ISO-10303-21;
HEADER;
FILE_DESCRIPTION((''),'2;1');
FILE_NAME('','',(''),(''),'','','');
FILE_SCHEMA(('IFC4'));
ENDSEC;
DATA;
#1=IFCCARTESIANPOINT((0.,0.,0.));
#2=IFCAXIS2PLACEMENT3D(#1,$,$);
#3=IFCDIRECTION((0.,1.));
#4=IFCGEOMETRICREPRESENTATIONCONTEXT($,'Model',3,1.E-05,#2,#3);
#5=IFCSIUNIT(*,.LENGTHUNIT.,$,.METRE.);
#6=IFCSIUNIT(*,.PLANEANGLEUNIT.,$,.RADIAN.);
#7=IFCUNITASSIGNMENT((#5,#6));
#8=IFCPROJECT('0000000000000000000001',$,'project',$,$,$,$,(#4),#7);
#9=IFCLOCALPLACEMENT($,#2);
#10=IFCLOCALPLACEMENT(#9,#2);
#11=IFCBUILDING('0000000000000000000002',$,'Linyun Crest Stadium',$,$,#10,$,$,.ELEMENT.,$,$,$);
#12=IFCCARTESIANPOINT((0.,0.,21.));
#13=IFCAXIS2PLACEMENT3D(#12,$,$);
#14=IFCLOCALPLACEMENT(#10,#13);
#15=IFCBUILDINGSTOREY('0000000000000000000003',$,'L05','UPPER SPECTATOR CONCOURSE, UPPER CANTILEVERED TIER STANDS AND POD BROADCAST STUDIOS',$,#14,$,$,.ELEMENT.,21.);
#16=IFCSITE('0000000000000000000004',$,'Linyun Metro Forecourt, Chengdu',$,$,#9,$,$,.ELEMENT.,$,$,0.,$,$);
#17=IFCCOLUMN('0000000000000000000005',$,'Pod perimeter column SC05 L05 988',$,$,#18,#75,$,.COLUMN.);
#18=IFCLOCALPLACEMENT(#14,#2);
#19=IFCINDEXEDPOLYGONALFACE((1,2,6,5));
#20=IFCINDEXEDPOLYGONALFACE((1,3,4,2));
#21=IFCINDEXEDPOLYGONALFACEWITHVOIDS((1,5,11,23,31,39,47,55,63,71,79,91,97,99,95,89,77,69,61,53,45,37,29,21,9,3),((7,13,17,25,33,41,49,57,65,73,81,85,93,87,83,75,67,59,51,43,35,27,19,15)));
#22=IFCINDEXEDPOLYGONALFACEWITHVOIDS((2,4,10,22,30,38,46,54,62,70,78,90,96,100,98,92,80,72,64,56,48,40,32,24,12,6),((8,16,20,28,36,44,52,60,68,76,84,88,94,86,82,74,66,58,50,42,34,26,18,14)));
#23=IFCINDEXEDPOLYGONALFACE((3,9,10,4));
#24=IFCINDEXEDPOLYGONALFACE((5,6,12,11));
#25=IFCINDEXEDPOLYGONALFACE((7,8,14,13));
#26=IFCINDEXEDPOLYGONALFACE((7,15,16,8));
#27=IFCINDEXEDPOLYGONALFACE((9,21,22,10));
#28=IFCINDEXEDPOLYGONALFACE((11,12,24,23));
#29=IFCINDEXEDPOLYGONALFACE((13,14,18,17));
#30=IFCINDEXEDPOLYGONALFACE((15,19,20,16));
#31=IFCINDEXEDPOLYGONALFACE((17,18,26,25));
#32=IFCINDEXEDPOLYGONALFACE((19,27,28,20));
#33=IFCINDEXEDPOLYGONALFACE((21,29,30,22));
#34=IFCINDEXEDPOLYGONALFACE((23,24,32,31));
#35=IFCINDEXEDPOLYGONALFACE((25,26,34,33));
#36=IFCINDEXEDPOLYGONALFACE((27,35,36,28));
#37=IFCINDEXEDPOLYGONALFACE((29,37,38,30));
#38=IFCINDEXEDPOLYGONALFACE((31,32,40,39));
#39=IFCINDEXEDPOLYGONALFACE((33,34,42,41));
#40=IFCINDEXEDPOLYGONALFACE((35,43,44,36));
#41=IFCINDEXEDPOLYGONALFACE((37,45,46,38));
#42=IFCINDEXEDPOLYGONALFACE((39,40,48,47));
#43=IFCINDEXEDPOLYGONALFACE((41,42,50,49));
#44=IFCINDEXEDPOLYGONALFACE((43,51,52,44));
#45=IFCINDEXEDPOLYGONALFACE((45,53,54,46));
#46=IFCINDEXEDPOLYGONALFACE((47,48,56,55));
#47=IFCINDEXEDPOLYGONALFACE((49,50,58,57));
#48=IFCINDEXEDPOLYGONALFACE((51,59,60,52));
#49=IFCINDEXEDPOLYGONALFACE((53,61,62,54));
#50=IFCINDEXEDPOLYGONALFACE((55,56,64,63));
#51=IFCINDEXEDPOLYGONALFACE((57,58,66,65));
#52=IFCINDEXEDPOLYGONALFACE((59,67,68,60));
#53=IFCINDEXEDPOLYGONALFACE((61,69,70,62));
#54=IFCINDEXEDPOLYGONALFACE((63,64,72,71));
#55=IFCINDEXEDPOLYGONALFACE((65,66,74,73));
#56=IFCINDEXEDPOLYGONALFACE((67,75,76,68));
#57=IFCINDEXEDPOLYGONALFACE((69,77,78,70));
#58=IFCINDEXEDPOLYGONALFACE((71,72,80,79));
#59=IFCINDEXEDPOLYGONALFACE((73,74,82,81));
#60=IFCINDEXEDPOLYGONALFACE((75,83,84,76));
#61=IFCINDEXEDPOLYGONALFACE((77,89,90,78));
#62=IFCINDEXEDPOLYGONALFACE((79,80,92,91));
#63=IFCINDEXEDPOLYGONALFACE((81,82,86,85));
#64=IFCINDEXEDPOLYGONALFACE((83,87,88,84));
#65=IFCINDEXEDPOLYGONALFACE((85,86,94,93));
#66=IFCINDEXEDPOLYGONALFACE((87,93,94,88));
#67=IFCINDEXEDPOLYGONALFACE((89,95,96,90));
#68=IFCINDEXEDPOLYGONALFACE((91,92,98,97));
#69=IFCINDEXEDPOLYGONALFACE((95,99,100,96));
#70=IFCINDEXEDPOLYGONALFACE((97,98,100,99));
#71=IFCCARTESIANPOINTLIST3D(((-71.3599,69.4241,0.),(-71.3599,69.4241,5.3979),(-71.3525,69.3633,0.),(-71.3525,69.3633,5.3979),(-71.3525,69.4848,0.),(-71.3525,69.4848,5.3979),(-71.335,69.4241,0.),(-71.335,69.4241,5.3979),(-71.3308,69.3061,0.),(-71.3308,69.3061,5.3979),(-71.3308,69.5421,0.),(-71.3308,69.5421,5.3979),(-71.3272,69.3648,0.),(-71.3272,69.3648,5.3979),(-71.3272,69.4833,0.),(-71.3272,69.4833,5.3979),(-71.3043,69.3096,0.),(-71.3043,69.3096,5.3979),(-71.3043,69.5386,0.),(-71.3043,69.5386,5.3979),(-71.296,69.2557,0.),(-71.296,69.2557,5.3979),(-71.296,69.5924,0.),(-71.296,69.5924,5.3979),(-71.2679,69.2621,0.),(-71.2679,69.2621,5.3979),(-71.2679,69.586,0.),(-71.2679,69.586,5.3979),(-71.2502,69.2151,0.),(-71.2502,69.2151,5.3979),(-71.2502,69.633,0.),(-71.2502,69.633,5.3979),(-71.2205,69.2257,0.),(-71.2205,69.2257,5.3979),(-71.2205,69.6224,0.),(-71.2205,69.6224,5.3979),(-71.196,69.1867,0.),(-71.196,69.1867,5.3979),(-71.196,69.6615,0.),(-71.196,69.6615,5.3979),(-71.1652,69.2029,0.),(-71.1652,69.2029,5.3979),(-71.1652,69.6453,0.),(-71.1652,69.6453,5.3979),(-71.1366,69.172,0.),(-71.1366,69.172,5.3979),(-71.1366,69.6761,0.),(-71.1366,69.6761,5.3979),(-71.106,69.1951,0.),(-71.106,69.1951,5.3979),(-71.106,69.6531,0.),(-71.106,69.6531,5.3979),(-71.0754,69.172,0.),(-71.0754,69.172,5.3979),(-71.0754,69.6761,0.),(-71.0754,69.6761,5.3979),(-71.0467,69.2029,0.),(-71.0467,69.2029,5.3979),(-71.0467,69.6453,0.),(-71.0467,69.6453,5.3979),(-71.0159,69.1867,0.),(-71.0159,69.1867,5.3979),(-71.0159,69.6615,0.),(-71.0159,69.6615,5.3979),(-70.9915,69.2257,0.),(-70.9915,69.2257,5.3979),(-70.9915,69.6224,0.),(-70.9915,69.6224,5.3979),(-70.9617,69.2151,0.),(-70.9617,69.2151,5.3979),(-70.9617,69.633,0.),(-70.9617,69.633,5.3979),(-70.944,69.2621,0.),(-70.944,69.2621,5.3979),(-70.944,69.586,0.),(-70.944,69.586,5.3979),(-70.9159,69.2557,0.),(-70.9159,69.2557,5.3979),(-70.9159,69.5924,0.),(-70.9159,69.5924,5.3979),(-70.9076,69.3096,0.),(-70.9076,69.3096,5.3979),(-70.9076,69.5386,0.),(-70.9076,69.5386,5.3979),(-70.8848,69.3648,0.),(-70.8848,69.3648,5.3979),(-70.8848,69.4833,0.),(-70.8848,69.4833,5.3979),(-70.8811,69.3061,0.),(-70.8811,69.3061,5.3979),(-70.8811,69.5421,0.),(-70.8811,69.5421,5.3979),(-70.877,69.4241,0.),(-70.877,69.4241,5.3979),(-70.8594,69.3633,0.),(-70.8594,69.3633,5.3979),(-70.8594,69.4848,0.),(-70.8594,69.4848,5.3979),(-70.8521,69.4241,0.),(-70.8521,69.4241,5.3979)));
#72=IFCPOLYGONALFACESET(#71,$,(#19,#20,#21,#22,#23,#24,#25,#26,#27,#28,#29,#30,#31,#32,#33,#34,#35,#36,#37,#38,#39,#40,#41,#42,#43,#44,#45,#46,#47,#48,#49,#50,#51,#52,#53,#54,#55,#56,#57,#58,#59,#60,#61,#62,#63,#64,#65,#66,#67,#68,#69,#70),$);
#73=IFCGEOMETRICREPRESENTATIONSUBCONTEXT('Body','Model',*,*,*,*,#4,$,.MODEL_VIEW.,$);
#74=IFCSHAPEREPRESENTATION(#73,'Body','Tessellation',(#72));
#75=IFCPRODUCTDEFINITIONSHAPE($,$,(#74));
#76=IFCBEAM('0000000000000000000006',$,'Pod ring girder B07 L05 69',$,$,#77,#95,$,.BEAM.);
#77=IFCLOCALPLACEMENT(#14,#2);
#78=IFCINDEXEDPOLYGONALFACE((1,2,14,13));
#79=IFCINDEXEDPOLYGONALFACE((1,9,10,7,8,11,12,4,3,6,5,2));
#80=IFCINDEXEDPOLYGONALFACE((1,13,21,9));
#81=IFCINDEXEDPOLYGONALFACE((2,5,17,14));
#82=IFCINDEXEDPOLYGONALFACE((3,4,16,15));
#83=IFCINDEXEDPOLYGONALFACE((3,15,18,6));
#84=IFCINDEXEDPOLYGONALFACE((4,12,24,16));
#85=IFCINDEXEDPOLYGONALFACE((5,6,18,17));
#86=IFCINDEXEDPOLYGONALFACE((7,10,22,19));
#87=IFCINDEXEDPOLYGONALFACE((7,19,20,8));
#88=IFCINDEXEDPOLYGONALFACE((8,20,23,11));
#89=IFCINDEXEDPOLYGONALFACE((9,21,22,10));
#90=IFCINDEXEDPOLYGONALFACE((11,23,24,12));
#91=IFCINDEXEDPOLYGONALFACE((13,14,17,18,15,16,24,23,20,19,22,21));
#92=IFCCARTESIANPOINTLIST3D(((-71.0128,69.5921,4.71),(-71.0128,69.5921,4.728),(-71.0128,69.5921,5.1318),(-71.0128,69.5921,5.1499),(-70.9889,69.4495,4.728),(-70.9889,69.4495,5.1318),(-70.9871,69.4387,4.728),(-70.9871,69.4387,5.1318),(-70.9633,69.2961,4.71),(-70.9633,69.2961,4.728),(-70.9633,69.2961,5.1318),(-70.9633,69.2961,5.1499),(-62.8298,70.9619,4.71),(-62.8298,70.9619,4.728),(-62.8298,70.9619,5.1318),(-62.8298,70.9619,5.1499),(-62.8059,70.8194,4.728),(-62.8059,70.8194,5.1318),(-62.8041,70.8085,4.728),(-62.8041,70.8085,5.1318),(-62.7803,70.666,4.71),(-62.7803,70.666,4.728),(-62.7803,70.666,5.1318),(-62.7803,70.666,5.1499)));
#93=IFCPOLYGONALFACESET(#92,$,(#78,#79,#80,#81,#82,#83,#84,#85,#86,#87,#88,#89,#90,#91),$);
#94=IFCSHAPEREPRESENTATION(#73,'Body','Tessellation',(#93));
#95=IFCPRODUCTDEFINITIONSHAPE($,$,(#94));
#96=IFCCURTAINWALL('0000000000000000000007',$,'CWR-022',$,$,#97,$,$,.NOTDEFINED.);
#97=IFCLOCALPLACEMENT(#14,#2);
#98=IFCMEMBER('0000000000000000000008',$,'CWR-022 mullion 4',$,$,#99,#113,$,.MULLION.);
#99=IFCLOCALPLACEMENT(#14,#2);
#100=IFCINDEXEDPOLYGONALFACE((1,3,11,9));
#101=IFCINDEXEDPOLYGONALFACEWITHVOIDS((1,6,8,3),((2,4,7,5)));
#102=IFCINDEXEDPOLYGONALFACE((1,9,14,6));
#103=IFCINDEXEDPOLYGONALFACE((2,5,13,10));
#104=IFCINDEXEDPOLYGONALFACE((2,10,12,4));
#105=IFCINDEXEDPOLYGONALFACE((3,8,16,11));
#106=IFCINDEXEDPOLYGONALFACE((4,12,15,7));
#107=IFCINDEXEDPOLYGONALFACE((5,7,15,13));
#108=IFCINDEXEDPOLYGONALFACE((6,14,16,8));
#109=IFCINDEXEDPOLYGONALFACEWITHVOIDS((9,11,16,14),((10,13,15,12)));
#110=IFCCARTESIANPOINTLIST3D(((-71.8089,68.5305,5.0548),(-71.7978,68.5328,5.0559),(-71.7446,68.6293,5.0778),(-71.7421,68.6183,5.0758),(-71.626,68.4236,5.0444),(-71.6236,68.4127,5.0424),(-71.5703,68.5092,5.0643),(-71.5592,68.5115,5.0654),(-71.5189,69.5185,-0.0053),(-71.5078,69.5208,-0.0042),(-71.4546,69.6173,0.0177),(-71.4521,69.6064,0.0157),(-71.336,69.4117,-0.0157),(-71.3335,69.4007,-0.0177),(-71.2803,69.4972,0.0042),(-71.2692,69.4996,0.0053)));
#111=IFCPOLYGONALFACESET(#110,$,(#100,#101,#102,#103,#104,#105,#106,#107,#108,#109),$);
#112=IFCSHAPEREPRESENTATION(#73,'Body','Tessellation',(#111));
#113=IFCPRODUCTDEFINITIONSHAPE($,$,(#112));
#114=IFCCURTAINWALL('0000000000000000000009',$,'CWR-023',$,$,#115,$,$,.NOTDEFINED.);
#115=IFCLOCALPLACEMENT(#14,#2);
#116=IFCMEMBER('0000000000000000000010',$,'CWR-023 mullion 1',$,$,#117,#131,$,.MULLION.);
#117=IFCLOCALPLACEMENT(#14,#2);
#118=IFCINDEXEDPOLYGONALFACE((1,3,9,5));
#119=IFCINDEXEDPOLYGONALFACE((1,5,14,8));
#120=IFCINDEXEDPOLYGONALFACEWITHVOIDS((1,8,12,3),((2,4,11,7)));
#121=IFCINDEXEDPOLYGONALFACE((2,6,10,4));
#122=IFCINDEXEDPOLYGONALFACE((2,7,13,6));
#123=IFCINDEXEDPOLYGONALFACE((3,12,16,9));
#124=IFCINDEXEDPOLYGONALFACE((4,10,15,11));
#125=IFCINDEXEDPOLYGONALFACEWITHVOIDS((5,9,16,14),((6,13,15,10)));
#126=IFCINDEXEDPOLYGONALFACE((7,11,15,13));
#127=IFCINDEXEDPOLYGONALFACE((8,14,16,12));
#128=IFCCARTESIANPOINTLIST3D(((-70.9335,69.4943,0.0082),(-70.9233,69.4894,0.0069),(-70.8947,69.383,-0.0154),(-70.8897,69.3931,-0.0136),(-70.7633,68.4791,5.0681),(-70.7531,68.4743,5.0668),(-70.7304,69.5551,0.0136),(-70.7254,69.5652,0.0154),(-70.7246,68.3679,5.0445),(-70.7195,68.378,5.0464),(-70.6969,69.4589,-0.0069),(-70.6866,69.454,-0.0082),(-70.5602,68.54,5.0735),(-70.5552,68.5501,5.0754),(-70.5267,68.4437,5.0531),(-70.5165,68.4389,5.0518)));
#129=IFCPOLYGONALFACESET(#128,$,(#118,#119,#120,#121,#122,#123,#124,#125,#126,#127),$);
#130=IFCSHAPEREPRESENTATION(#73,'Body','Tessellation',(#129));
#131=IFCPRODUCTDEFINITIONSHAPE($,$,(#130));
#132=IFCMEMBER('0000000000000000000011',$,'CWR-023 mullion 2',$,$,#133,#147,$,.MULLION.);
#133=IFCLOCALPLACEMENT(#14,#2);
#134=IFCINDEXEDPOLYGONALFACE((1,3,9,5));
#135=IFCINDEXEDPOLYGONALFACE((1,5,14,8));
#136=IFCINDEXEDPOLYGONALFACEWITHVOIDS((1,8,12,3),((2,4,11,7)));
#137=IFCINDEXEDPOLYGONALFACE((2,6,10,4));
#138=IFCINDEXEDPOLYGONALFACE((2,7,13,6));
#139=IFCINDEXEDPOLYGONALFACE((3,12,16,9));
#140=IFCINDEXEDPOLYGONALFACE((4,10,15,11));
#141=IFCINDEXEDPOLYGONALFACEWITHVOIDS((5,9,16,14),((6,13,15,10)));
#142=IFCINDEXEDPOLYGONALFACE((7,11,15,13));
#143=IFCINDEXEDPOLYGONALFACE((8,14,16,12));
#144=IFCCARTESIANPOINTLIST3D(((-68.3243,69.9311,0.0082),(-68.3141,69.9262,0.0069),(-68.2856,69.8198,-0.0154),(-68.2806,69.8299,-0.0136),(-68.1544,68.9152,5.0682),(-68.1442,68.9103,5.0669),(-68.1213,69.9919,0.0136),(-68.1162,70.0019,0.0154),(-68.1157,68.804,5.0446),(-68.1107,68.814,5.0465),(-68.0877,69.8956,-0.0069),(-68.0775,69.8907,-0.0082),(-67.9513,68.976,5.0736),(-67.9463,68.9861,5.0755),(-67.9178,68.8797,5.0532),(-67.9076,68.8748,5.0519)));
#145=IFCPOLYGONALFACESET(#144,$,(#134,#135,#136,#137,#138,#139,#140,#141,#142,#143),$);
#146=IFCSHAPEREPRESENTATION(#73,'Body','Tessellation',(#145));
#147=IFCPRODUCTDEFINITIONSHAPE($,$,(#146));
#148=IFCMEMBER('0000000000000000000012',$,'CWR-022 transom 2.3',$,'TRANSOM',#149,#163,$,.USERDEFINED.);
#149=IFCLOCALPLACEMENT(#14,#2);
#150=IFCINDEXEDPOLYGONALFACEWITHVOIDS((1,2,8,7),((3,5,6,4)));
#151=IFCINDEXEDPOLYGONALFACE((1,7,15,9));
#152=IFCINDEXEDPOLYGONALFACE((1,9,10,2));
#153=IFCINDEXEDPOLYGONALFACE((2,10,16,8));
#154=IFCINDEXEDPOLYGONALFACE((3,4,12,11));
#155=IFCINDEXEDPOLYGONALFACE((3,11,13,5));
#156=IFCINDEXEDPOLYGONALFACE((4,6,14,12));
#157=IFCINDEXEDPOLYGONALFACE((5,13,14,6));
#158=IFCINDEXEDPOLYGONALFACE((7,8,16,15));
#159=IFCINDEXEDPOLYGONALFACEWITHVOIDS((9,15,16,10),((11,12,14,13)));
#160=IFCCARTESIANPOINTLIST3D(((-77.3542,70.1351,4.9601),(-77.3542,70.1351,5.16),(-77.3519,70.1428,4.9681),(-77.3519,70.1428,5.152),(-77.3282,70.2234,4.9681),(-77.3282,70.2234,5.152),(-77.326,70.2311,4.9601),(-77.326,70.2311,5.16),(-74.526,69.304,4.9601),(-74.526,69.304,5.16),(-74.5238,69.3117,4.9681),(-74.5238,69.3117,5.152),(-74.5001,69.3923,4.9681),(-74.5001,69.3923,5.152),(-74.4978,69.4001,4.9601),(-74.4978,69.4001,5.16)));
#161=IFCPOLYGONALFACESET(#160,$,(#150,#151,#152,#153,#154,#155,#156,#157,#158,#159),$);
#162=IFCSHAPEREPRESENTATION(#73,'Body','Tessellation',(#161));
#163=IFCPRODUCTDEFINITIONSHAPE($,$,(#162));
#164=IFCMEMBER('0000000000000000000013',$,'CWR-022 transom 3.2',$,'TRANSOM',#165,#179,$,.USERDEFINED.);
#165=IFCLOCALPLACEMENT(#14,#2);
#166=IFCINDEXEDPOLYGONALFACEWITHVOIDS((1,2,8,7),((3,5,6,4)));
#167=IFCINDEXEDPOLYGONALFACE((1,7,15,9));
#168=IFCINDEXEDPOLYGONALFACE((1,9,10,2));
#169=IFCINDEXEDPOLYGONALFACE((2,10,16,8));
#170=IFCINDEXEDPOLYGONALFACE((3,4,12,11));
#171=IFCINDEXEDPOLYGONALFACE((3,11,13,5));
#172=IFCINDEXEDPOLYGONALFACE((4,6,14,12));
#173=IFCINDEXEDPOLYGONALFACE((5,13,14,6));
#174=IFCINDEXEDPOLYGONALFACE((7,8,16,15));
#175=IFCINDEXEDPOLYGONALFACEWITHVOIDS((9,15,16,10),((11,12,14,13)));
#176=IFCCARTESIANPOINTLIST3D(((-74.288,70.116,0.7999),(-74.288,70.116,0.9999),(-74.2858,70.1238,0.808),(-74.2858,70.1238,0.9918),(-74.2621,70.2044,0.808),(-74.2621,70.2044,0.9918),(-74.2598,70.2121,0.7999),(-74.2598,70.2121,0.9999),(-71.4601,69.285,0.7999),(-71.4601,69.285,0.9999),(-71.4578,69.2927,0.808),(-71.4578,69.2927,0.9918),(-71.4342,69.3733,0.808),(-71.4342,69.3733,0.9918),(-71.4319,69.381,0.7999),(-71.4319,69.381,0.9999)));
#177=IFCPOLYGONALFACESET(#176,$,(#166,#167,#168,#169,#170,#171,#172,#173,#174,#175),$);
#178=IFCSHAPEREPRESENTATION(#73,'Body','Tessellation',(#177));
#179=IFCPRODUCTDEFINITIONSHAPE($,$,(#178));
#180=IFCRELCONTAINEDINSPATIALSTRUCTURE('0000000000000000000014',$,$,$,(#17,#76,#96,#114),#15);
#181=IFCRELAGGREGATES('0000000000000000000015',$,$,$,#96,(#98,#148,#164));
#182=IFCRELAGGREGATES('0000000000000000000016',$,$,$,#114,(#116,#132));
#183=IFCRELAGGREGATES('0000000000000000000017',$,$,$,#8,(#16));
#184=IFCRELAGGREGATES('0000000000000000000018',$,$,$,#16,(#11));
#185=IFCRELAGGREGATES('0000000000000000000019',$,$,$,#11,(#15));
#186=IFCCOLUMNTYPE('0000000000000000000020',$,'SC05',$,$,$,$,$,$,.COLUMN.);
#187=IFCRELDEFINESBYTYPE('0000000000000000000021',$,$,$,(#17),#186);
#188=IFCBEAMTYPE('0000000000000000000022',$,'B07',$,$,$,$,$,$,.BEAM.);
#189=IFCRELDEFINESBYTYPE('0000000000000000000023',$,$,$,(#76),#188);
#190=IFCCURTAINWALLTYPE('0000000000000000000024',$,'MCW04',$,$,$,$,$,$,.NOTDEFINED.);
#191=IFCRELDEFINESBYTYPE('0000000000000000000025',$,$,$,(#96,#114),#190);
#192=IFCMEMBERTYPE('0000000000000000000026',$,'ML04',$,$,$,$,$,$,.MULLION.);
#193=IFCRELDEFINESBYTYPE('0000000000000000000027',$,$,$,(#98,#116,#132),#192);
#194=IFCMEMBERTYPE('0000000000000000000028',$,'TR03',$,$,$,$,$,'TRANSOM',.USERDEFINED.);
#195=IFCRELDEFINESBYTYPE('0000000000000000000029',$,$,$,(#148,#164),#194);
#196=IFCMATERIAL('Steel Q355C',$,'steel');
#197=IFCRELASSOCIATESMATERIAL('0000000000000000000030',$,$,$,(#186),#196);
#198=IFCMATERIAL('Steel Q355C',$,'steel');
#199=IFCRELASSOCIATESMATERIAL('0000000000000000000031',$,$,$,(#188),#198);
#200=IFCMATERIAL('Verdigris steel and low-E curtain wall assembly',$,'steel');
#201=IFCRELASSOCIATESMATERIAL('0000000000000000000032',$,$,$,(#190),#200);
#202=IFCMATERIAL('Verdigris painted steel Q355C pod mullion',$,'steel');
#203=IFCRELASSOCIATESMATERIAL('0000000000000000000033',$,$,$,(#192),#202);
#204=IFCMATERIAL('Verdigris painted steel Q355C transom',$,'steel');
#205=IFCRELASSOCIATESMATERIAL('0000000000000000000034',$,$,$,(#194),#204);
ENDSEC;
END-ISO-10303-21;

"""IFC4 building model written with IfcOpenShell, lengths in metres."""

from ifc_helpers import new_model, si_unit, direction, frame, origin, origin_2d, place, context, subcontext, project, spatial, hollow_rectangle, hollow_circle, i_section, extrude, material, material_profile, profile_set, type_object, element, aggregate, save


model = new_model("IFC4")

# Units and contexts
model_context = context("Model", 3, precision=1e-05, world=origin(), true_north=direction((0.0, 1.0)))
body_context = subcontext(model_context, "Body", "Model", "MODEL_VIEW")
ifc_project = project(units=[si_unit("LENGTHUNIT", "METRE"), si_unit("PLANEANGLEUNIT", "RADIAN")], contexts=[model_context])

# Site, building, storey
site_placement = place(None, origin())
site = spatial("IfcSite", under=ifc_project, at=site_placement, Name="Linyun Metro Forecourt, Chengdu", CompositionType="ELEMENT", RefElevation=0.0)
building_placement = place(site_placement, origin())
building = spatial("IfcBuilding", under=site, at=building_placement, Name="Linyun Crest Stadium", CompositionType="ELEMENT")
storey_placement = place(building_placement, frame((0.0, 0.0, 21.0)))
storey = spatial("IfcBuildingStorey", under=building, at=storey_placement, Name="L05", Description="UPPER SPECTATOR CONCOURSE, UPPER CANTILEVERED TIER STANDS AND POD BROADCAST STUDIOS", CompositionType="ELEMENT", Elevation=21.0)

# Column
ifc_material_1 = material(Name="Steel Q355C", Category="steel")
ifc_material_profile_1 = material_profile(ifc_material_1, hollow_circle(Radius=0.2539, WallThickness=0.0249, at=origin_2d()), Name="CHS 508x25")
ifc_profile_set_1 = profile_set([ifc_material_profile_1], Name="Steel Q355C")
column_type = type_object("IfcColumnType", Name="SC05", PredefinedType="COLUMN", material=ifc_profile_set_1)
column_placement = place(storey_placement, frame((-71.106, 69.4241, 0.0), z_axis=(0.0, 0.0, 1.0), x_axis=(1.0, 0.0, 0.0)))
element("IfcColumn", 1, at=column_placement, inside=storey, type_object=column_type, Name="Pod perimeter column SC05 L05 988", PredefinedType="COLUMN", context=body_context, shape_type="SweptSolid", body=[
    extrude(hollow_circle(Radius=0.2539, WallThickness=0.0249, at=origin_2d()), origin(), (0.0, 0.0, 1.0), 5.3979),
])

# Beam
ifc_material_2 = material(Name="Steel Q355C", Category="steel")
ifc_material_profile_2 = material_profile(ifc_material_2, i_section(OverallWidth=0.3, OverallDepth=0.4399, WebThickness=0.011, FlangeThickness=0.0181, at=origin_2d()), Name="HM 440x300")
ifc_profile_set_2 = profile_set([ifc_material_profile_2], Name="Steel Q355C")
beam_type = type_object("IfcBeamType", Name="B07", PredefinedType="BEAM", material=ifc_profile_set_2)
beam_placement = place(storey_placement, frame((-70.988, 69.4441, 4.9299), z_axis=(0.986276, 0.165105, 0.0), x_axis=(-0.165105, 0.986276, 0.0)))
element("IfcBeam", 2, at=beam_placement, inside=storey, type_object=beam_type, Name="Pod ring girder B07 L05 69", PredefinedType="BEAM", context=body_context, shape_type="SweptSolid", body=[
    extrude(i_section(OverallWidth=0.3, OverallDepth=0.4399, WebThickness=0.011, FlangeThickness=0.0181, at=origin_2d()), origin(), (0.0, 0.0, 1.0), 8.2969),
])

# Curtain wall, member
ifc_material_3 = material(Name="Verdigris steel and low-E curtain wall assembly", Category="steel")
curtain_wall_type = type_object("IfcCurtainWallType", Name="MCW04", PredefinedType="NOTDEFINED", material=ifc_material_3)
curtain_wall_1_placement = place(storey_placement, origin())
curtain_wall_1 = element("IfcCurtainWall", 3, at=curtain_wall_1_placement, inside=storey, type_object=curtain_wall_type, Name="CWR-022", PredefinedType="NOTDEFINED")
ifc_material_4 = material(Name="Verdigris painted steel Q355C pod mullion", Category="steel")
ifc_material_profile_3 = material_profile(ifc_material_4, hollow_rectangle(XDim=0.1201, YDim=0.22, WallThickness=0.0081, at=origin_2d()), Name="RHS 220x120x8")
ifc_profile_set_3 = profile_set([ifc_material_profile_3], Name="Verdigris painted steel Q355C pod mullion")
member_type_1 = type_object("IfcMemberType", Name="ML04", PredefinedType="MULLION", material=ifc_profile_set_3)
member_1_placement = place(storey_placement, frame((-71.394, 69.509, 0.0), z_axis=(-0.056168, -0.19134, 0.979915), x_axis=(0.535395, 0.822647, 0.19132)))
member_1 = element("IfcMember", 4, at=member_1_placement, type_object=member_type_1, Name="CWR-022 mullion 4", PredefinedType="MULLION", context=body_context, shape_type="SweptSolid", body=[
    extrude(hollow_rectangle(XDim=0.1201, YDim=0.22, WallThickness=0.0081, at=origin_2d()), origin(), (0.0, 0.0, 1.0), 5.1638),
])

# Curtain wall, members
curtain_wall_2_placement = place(storey_placement, origin())
curtain_wall_2 = element("IfcCurtainWall", 5, at=curtain_wall_2_placement, inside=storey, type_object=curtain_wall_type, Name="CWR-023", PredefinedType="NOTDEFINED")
member_2_placement = place(storey_placement, frame((-70.8101, 69.4741, 0.0), z_axis=(0.032954, -0.196591, 0.979932), x_axis=(-0.322559, 0.925907, 0.196601)))
member_2 = element("IfcMember", 6, at=member_2_placement, type_object=member_type_1, Name="CWR-023 mullion 1", PredefinedType="MULLION", context=body_context, shape_type="SweptSolid", body=[
    extrude(hollow_rectangle(XDim=0.1201, YDim=0.22, WallThickness=0.0081, at=origin_2d()), origin(), (0.0, 0.0, 1.0), 5.1636),
])
member_3_placement = place(storey_placement, frame((-68.2009, 69.9109, 0.0), z_axis=(0.032906, -0.196728, 0.979906), x_axis=(-0.322229, 0.925995, 0.196726)))
member_3 = element("IfcMember", 7, at=member_3_placement, type_object=member_type_1, Name="CWR-023 mullion 2", PredefinedType="MULLION", context=body_context, shape_type="SweptSolid", body=[
    extrude(hollow_rectangle(XDim=0.1201, YDim=0.22, WallThickness=0.0081, at=origin_2d()), origin(), (0.0, 0.0, 1.0), 5.1638),
])

# Members
ifc_material_5 = material(Name="Verdigris painted steel Q355C transom", Category="steel")
ifc_material_profile_4 = material_profile(ifc_material_5, hollow_rectangle(XDim=0.1001, YDim=0.2, WallThickness=0.0081, at=origin_2d()), Name="RHS 200x100x8")
ifc_profile_set_4 = profile_set([ifc_material_profile_4], Name="Verdigris painted steel Q355C transom")
member_type_2 = type_object("IfcMemberType", Name="TR03", ElementType="TRANSOM", PredefinedType="USERDEFINED", material=ifc_profile_set_4)
member_4_placement = place(storey_placement, frame((-77.3401, 70.1831, 5.0601), z_axis=(0.959434, -0.281933, 0.0), x_axis=(0.281933, 0.959434, 0.0)))
member_4 = element("IfcMember", 8, at=member_4_placement, type_object=member_type_2, Name="CWR-022 transom 2.3", ObjectType="TRANSOM", PredefinedType="USERDEFINED", context=body_context, shape_type="SweptSolid", body=[
    extrude(hollow_rectangle(XDim=0.1001, YDim=0.2, WallThickness=0.0081, at=origin_2d()), origin(), (0.0, 0.0, 1.0), 2.9478),
])
member_5_placement = place(storey_placement, frame((-74.2739, 70.1641, 0.8999), z_axis=(0.959427, -0.281956, 0.0), x_axis=(0.281956, 0.959427, 0.0)))
member_5 = element("IfcMember", 9, at=member_5_placement, type_object=member_type_2, Name="CWR-022 transom 3.2", ObjectType="TRANSOM", PredefinedType="USERDEFINED", context=body_context, shape_type="SweptSolid", body=[
    extrude(hollow_rectangle(XDim=0.1001, YDim=0.2, WallThickness=0.0081, at=origin_2d()), origin(), (0.0, 0.0, 1.0), 2.9475),
])

aggregate(curtain_wall_1, [member_1, member_4, member_5])
aggregate(curtain_wall_2, [member_2, member_3])

save(model, "model.ifc")
